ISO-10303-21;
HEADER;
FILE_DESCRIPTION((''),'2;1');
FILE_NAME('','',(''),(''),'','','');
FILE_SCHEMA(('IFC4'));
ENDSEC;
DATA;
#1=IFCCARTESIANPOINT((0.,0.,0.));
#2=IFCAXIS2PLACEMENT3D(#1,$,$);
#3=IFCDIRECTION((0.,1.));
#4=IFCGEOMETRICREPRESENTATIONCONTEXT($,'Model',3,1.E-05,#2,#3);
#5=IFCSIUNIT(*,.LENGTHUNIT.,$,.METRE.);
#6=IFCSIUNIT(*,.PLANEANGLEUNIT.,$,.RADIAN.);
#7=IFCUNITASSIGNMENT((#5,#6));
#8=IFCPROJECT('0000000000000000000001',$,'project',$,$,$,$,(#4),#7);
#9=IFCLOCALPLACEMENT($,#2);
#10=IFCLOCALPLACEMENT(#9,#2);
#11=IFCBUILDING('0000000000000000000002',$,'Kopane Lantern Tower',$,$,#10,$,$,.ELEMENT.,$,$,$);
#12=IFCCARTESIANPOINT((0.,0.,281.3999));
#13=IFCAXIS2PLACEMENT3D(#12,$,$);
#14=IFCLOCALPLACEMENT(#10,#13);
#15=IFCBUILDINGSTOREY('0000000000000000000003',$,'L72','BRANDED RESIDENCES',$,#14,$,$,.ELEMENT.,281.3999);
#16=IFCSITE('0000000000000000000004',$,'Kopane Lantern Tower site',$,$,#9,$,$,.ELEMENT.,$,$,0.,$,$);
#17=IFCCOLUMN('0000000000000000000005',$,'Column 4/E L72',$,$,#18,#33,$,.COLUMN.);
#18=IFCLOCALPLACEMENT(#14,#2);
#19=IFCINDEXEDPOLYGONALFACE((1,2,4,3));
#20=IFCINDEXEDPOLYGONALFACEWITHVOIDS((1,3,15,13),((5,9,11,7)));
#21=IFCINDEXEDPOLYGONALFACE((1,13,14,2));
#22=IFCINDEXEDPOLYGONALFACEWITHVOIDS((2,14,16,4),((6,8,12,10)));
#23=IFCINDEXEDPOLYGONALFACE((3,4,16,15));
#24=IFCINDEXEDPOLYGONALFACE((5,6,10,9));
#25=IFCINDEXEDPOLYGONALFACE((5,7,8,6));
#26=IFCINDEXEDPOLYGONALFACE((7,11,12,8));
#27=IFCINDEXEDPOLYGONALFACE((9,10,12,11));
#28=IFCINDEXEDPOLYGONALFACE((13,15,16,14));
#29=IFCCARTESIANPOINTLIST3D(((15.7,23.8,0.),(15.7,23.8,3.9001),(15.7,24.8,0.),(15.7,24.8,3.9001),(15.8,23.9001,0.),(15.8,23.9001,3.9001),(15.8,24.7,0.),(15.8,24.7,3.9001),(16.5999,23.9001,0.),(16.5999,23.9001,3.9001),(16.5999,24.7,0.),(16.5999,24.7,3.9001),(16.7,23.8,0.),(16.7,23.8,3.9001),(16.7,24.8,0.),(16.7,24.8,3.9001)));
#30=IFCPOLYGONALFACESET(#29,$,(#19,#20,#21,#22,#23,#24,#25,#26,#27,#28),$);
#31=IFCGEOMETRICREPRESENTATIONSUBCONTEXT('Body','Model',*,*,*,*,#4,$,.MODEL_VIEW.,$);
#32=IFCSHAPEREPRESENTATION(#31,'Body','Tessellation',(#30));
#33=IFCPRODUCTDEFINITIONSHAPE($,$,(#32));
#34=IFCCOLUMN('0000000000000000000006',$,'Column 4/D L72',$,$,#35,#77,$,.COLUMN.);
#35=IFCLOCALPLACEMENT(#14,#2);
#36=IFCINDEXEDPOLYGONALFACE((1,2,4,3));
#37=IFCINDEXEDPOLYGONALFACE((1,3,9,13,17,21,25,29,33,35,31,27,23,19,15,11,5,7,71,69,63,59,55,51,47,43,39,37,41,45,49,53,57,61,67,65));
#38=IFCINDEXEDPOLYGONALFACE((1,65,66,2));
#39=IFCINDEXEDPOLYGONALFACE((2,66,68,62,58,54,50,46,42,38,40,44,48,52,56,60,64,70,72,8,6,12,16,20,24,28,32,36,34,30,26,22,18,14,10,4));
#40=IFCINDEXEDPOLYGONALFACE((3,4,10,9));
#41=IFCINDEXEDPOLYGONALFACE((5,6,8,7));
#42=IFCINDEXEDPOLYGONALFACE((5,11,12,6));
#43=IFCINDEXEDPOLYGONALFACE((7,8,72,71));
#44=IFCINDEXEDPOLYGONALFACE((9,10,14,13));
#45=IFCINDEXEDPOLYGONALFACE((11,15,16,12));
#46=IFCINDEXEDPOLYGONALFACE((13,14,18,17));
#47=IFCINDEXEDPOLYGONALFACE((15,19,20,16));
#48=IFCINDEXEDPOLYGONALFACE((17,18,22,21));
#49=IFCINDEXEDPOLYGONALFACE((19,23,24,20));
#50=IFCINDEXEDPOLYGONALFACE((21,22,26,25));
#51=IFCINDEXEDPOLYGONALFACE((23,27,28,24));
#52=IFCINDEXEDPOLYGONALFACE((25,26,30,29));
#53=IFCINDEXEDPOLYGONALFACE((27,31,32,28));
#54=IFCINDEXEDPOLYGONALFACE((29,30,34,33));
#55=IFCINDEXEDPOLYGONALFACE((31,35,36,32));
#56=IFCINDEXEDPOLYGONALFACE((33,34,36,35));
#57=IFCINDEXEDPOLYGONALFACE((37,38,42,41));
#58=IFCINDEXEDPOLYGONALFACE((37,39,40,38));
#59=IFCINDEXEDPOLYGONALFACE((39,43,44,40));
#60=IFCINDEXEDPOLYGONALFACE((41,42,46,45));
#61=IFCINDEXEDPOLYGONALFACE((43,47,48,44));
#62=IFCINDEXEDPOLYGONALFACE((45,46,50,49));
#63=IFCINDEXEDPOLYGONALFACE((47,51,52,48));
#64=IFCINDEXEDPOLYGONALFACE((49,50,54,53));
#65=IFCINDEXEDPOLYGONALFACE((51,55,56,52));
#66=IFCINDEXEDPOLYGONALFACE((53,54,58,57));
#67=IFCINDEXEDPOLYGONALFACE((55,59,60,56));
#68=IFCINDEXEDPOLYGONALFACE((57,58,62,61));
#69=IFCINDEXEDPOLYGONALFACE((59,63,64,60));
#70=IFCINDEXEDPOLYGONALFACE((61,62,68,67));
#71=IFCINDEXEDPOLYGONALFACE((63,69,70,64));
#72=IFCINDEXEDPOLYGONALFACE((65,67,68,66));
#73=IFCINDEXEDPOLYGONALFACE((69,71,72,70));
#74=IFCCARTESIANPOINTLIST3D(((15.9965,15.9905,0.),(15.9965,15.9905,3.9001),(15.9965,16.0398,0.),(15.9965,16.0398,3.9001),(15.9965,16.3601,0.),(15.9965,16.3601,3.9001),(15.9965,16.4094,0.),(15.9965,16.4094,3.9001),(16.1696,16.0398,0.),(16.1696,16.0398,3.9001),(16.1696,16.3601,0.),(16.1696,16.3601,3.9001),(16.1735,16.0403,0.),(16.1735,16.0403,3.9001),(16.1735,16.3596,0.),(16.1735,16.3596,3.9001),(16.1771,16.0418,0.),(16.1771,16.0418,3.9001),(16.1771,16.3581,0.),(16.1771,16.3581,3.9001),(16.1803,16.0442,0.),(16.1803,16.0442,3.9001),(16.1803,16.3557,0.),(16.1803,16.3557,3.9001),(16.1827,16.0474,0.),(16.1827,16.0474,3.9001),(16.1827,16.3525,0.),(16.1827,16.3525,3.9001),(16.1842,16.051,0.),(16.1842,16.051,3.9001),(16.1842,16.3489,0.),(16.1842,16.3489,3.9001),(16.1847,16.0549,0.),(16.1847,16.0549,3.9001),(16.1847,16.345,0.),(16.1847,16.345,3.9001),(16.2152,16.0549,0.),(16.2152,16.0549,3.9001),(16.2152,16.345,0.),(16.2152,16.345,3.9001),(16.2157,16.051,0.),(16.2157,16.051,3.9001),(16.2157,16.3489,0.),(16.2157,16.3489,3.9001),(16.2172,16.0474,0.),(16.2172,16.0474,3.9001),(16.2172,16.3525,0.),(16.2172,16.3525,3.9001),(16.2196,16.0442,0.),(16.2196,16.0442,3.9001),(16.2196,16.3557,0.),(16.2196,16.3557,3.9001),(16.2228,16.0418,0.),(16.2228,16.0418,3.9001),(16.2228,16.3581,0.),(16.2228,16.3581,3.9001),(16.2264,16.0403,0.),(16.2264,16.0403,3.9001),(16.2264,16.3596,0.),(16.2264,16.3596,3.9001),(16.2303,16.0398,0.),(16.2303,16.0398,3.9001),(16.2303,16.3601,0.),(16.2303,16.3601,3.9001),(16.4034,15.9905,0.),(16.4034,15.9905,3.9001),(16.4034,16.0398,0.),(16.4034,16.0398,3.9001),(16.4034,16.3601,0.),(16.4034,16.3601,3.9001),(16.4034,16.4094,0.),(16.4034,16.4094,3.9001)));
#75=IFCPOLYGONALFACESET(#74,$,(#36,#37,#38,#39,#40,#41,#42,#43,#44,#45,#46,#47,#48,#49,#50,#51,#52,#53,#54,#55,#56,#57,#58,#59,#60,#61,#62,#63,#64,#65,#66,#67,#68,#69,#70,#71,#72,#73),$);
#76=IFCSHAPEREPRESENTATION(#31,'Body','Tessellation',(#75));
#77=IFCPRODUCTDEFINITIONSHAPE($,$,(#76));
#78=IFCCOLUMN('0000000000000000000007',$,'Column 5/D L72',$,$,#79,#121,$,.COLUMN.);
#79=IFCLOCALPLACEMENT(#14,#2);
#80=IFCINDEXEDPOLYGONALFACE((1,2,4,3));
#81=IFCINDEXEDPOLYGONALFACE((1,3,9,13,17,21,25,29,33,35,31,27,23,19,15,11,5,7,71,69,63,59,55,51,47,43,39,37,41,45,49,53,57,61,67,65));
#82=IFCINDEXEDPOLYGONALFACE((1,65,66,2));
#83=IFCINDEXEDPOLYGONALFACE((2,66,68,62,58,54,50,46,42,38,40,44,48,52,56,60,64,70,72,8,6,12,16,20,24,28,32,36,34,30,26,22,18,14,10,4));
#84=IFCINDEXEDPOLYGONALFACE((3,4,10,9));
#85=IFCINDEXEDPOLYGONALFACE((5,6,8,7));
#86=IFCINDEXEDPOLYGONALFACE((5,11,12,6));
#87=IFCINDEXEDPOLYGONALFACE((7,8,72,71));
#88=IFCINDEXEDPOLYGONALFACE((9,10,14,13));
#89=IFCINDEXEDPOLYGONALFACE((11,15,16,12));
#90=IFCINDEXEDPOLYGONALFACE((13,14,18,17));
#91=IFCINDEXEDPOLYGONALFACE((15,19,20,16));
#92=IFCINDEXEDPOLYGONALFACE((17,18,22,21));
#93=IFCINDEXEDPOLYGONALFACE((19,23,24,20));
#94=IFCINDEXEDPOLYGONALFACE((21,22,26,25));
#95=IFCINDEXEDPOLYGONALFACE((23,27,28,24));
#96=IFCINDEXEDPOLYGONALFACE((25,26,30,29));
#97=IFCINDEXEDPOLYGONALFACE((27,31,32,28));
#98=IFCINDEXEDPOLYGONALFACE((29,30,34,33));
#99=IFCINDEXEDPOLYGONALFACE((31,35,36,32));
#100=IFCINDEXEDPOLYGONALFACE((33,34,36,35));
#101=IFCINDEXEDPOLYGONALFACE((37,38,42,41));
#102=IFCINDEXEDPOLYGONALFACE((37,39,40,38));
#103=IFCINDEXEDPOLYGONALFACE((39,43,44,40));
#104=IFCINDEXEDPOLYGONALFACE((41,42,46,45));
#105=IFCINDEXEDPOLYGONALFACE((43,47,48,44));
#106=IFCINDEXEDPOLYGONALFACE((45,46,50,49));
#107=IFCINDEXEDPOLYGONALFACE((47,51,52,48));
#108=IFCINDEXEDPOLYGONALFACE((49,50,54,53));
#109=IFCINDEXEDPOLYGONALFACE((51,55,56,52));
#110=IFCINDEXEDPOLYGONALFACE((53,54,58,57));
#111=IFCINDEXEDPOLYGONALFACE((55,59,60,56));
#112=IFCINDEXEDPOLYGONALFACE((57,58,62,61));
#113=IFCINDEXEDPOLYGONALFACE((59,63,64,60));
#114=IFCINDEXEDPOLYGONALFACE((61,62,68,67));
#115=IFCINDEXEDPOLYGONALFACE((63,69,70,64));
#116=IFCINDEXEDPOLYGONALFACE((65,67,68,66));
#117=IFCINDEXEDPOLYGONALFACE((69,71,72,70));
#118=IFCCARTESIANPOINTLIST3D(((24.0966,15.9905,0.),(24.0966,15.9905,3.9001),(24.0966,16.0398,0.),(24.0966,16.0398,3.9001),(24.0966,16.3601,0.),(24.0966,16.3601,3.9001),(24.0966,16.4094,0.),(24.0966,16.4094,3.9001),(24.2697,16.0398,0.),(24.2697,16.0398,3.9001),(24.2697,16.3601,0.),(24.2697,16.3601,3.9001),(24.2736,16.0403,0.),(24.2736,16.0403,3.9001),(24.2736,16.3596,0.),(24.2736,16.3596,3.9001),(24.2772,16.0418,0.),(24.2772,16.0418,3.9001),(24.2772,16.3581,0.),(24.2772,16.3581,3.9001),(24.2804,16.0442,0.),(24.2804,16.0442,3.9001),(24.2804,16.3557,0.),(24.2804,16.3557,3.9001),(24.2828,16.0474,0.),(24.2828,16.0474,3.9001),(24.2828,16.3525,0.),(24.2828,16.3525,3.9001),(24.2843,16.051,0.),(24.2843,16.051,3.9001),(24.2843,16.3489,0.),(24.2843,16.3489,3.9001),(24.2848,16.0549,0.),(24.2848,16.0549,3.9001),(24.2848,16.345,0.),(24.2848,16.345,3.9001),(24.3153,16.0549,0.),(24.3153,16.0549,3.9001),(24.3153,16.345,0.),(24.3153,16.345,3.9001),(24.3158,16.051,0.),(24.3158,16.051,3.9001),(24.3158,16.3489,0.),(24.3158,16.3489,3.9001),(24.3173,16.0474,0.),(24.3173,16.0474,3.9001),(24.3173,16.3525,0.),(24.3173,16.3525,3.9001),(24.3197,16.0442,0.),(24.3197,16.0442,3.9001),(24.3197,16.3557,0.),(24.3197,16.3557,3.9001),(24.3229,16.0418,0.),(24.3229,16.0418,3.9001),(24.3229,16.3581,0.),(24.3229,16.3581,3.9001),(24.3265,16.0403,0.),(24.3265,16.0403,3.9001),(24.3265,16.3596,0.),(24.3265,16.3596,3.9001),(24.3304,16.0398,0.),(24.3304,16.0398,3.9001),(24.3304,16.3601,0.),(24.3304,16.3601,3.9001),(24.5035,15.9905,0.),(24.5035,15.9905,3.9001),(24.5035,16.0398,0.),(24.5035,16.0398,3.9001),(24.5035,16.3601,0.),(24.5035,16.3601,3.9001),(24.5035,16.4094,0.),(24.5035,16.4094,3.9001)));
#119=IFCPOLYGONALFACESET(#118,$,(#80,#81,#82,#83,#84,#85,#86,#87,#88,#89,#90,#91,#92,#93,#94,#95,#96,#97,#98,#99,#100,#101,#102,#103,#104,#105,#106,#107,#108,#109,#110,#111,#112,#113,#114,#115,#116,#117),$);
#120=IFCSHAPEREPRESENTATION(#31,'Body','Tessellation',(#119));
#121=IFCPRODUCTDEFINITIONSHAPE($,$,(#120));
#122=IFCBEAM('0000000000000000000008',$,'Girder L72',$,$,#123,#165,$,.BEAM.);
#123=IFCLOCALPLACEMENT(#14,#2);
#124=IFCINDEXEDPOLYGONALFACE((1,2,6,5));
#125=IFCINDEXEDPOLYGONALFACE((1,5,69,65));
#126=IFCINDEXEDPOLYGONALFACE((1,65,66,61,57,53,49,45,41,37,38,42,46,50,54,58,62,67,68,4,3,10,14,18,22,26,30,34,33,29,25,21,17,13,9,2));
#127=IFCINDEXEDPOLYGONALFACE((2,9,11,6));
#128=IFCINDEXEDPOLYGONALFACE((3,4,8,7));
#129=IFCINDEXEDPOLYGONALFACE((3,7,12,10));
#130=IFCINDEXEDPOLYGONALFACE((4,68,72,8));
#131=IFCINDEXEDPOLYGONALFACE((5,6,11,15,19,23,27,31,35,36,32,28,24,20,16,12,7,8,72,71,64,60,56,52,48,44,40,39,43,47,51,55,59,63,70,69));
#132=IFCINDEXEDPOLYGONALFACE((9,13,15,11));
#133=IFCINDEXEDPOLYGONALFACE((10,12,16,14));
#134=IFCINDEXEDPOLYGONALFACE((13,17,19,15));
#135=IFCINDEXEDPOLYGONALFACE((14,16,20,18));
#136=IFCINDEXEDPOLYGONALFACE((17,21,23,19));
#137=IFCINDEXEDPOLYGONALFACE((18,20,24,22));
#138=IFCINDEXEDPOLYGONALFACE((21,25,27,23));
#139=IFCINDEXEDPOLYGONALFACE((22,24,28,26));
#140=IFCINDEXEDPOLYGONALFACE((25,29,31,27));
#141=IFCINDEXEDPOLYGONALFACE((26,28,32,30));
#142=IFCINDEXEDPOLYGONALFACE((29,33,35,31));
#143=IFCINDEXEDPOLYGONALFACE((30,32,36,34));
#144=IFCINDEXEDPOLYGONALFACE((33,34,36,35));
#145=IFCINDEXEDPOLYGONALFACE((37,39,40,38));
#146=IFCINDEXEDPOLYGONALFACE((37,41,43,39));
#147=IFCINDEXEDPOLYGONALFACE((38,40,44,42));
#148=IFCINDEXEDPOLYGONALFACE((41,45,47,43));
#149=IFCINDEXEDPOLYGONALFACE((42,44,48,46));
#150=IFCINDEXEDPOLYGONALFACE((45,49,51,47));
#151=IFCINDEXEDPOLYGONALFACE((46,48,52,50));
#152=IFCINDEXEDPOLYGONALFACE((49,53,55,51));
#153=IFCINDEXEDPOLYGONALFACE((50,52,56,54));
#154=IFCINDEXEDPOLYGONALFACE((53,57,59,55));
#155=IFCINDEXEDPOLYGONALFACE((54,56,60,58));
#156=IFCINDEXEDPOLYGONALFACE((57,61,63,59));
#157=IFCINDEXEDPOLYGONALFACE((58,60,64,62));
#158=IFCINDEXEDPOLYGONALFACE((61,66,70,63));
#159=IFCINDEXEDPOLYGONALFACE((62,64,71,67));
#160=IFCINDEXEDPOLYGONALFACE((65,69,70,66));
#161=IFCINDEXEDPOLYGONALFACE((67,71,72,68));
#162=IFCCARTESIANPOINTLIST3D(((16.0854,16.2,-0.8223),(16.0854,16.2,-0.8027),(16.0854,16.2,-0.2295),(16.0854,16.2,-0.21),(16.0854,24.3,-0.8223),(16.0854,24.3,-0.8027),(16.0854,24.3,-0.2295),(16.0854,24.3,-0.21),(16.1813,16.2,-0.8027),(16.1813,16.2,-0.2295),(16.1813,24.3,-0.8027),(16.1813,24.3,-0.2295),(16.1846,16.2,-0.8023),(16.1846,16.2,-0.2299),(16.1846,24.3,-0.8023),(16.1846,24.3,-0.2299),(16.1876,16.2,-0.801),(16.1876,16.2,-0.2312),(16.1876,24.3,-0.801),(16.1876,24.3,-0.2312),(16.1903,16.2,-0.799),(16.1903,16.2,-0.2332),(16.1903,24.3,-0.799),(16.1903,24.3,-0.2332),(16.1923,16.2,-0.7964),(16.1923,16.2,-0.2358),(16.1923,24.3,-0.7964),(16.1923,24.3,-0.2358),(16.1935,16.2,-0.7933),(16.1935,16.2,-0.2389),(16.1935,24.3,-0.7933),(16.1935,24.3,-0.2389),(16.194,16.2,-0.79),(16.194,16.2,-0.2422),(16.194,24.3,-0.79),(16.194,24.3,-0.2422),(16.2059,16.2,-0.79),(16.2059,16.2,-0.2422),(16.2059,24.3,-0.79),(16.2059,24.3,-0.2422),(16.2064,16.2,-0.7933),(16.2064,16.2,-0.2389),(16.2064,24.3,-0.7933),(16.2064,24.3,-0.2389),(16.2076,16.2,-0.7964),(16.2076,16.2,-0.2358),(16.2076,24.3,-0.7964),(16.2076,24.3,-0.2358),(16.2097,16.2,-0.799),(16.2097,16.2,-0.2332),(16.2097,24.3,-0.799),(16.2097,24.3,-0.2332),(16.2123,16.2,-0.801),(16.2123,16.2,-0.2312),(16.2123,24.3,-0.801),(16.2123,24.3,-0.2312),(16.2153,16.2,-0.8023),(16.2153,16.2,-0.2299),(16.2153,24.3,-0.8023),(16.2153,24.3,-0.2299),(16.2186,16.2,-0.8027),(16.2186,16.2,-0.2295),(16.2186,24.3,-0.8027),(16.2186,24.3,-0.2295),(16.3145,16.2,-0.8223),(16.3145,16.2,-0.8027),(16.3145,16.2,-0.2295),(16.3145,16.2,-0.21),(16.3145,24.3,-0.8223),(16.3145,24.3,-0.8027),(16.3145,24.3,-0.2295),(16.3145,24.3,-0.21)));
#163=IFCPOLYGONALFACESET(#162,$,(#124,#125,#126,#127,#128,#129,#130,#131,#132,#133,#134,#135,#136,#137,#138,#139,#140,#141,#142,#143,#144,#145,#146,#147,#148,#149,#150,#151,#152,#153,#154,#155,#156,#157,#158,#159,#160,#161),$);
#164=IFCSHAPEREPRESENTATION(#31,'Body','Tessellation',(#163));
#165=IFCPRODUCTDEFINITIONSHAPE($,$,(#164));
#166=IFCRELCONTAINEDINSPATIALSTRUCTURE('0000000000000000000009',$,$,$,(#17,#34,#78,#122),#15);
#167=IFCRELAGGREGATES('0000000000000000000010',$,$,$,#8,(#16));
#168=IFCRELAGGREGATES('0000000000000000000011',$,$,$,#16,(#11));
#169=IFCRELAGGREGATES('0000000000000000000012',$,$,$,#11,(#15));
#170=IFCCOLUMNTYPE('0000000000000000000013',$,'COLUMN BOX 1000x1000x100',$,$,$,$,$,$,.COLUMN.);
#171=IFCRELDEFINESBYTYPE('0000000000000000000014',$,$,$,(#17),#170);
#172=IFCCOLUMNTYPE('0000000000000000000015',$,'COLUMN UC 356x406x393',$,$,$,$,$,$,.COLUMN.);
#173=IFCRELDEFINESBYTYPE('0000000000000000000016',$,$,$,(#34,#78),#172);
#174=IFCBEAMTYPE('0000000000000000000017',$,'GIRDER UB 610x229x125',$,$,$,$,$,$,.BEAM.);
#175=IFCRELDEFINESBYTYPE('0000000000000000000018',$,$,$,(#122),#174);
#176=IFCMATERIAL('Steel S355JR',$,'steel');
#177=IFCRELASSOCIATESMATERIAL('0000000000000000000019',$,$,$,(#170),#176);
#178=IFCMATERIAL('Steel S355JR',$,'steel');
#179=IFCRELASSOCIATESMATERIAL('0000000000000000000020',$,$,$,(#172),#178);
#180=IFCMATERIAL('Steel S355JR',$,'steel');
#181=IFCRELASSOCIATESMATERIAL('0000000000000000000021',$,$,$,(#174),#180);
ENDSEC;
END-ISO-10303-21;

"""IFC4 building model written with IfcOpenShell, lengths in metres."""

from ifc_helpers import new_model, si_unit, direction, frame, origin, origin_2d, place, context, subcontext, project, spatial, hollow_rectangle, i_section, extrude, material, material_profile, profile_set, type_object, element, save


model = new_model("IFC4")

# Units and contexts
model_context = context("Model", 3, precision=1e-05, world=origin(), true_north=direction((0.0, 1.0)))
body_context = subcontext(model_context, "Body", "Model", "MODEL_VIEW")
ifc_project = project(units=[si_unit("LENGTHUNIT", "METRE"), si_unit("PLANEANGLEUNIT", "RADIAN")], contexts=[model_context])

# Site, building, storey
site_placement = place(None, origin())
site = spatial("IfcSite", under=ifc_project, at=site_placement, Name="Kopane Lantern Tower site", CompositionType="ELEMENT", RefElevation=0.0)
building_placement = place(site_placement, origin())
building = spatial("IfcBuilding", under=site, at=building_placement, Name="Kopane Lantern Tower", CompositionType="ELEMENT")
storey_placement = place(building_placement, frame((0.0, 0.0, 281.3999)))
storey = spatial("IfcBuildingStorey", under=building, at=storey_placement, Name="L72", Description="BRANDED RESIDENCES", CompositionType="ELEMENT", Elevation=281.3999)

# Columns
ifc_material_1 = material(Name="Steel S355JR", Category="steel")
ifc_material_profile_1 = material_profile(ifc_material_1, hollow_rectangle(XDim=1.0, YDim=1.0, WallThickness=0.1001, at=origin_2d()), Name="BOX 1000x1000x100")
ifc_profile_set_1 = profile_set([ifc_material_profile_1], Name="Steel S355JR")
column_type_1 = type_object("IfcColumnType", Name="COLUMN BOX 1000x1000x100", PredefinedType="COLUMN", material=ifc_profile_set_1)
column_placement = place(storey_placement, frame((16.2, 24.3, 0.0), z_axis=(0.0, 0.0, 1.0), x_axis=(1.0, 0.0, 0.0)))
element("IfcColumn", 1, at=column_placement, inside=storey, type_object=column_type_1, Name="Column 4/E L72", PredefinedType="COLUMN", context=body_context, shape_type="SweptSolid", body=[
    extrude(hollow_rectangle(XDim=1.0, YDim=1.0, WallThickness=0.1001, at=origin_2d()), origin(), (0.0, 0.0, 1.0), 3.9001),
])
ifc_material_2 = material(Name="Steel S355JR", Category="steel")
ifc_material_profile_2 = material_profile(ifc_material_2, i_section(OverallWidth=0.407, OverallDepth=0.4189, WebThickness=0.0305, FlangeThickness=0.0493, FilletRadius=0.0151, at=origin_2d()), Name="UC 356x406x393")
ifc_profile_set_2 = profile_set([ifc_material_profile_2], Name="Steel S355JR")
column_type_2 = type_object("IfcColumnType", Name="COLUMN UC 356x406x393", PredefinedType="COLUMN", material=ifc_profile_set_2)
for number, where, z_axis, x_axis, name in (
    (2, (16.2, 16.2, 0.0), (0.0, 0.0, 1.0), (1.0, 0.0, 0.0), "Column 4/D L72"),
    (3, (24.3, 16.2, 0.0), (0.0, 0.0, 1.0), (1.0, 0.0, 0.0), "Column 5/D L72"),
):
    element("IfcColumn", number, at=place(storey_placement, frame(where, z_axis=z_axis, x_axis=x_axis)), inside=storey, type_object=column_type_2, Name=name, PredefinedType="COLUMN", context=body_context, shape_type="SweptSolid", body=[
        extrude(i_section(OverallWidth=0.407, OverallDepth=0.4189, WebThickness=0.0305, FlangeThickness=0.0493, FilletRadius=0.0151, at=origin_2d()), origin(), (0.0, 0.0, 1.0), 3.9001),
    ])

# Beam
ifc_material_3 = material(Name="Steel S355JR", Category="steel")
ifc_material_profile_3 = material_profile(ifc_material_3, i_section(OverallWidth=0.229, OverallDepth=0.6123, WebThickness=0.012, FlangeThickness=0.0195, FilletRadius=0.0127, at=origin_2d()), Name="UB 610x229x125")
ifc_profile_set_3 = profile_set([ifc_material_profile_3], Name="Steel S355JR")
beam_type = type_object("IfcBeamType", Name="GIRDER UB 610x229x125", PredefinedType="BEAM", material=ifc_profile_set_3)
for number, where, z_axis, x_axis, name in (
    (4, (16.2, 16.2, -0.5161), (0.0, 1.0, 0.0), (-1.0, 0.0, 0.0), "Girder L72"),
):
    element("IfcBeam", number, at=place(storey_placement, frame(where, z_axis=z_axis, x_axis=x_axis)), inside=storey, type_object=beam_type, Name=name, PredefinedType="BEAM", context=body_context, shape_type="SweptSolid", body=[
        extrude(i_section(OverallWidth=0.229, OverallDepth=0.6123, WebThickness=0.012, FlangeThickness=0.0195, FilletRadius=0.0127, at=origin_2d()), origin(), (0.0, 0.0, 1.0), 8.1001),
    ])

save(model, "model.ifc")
